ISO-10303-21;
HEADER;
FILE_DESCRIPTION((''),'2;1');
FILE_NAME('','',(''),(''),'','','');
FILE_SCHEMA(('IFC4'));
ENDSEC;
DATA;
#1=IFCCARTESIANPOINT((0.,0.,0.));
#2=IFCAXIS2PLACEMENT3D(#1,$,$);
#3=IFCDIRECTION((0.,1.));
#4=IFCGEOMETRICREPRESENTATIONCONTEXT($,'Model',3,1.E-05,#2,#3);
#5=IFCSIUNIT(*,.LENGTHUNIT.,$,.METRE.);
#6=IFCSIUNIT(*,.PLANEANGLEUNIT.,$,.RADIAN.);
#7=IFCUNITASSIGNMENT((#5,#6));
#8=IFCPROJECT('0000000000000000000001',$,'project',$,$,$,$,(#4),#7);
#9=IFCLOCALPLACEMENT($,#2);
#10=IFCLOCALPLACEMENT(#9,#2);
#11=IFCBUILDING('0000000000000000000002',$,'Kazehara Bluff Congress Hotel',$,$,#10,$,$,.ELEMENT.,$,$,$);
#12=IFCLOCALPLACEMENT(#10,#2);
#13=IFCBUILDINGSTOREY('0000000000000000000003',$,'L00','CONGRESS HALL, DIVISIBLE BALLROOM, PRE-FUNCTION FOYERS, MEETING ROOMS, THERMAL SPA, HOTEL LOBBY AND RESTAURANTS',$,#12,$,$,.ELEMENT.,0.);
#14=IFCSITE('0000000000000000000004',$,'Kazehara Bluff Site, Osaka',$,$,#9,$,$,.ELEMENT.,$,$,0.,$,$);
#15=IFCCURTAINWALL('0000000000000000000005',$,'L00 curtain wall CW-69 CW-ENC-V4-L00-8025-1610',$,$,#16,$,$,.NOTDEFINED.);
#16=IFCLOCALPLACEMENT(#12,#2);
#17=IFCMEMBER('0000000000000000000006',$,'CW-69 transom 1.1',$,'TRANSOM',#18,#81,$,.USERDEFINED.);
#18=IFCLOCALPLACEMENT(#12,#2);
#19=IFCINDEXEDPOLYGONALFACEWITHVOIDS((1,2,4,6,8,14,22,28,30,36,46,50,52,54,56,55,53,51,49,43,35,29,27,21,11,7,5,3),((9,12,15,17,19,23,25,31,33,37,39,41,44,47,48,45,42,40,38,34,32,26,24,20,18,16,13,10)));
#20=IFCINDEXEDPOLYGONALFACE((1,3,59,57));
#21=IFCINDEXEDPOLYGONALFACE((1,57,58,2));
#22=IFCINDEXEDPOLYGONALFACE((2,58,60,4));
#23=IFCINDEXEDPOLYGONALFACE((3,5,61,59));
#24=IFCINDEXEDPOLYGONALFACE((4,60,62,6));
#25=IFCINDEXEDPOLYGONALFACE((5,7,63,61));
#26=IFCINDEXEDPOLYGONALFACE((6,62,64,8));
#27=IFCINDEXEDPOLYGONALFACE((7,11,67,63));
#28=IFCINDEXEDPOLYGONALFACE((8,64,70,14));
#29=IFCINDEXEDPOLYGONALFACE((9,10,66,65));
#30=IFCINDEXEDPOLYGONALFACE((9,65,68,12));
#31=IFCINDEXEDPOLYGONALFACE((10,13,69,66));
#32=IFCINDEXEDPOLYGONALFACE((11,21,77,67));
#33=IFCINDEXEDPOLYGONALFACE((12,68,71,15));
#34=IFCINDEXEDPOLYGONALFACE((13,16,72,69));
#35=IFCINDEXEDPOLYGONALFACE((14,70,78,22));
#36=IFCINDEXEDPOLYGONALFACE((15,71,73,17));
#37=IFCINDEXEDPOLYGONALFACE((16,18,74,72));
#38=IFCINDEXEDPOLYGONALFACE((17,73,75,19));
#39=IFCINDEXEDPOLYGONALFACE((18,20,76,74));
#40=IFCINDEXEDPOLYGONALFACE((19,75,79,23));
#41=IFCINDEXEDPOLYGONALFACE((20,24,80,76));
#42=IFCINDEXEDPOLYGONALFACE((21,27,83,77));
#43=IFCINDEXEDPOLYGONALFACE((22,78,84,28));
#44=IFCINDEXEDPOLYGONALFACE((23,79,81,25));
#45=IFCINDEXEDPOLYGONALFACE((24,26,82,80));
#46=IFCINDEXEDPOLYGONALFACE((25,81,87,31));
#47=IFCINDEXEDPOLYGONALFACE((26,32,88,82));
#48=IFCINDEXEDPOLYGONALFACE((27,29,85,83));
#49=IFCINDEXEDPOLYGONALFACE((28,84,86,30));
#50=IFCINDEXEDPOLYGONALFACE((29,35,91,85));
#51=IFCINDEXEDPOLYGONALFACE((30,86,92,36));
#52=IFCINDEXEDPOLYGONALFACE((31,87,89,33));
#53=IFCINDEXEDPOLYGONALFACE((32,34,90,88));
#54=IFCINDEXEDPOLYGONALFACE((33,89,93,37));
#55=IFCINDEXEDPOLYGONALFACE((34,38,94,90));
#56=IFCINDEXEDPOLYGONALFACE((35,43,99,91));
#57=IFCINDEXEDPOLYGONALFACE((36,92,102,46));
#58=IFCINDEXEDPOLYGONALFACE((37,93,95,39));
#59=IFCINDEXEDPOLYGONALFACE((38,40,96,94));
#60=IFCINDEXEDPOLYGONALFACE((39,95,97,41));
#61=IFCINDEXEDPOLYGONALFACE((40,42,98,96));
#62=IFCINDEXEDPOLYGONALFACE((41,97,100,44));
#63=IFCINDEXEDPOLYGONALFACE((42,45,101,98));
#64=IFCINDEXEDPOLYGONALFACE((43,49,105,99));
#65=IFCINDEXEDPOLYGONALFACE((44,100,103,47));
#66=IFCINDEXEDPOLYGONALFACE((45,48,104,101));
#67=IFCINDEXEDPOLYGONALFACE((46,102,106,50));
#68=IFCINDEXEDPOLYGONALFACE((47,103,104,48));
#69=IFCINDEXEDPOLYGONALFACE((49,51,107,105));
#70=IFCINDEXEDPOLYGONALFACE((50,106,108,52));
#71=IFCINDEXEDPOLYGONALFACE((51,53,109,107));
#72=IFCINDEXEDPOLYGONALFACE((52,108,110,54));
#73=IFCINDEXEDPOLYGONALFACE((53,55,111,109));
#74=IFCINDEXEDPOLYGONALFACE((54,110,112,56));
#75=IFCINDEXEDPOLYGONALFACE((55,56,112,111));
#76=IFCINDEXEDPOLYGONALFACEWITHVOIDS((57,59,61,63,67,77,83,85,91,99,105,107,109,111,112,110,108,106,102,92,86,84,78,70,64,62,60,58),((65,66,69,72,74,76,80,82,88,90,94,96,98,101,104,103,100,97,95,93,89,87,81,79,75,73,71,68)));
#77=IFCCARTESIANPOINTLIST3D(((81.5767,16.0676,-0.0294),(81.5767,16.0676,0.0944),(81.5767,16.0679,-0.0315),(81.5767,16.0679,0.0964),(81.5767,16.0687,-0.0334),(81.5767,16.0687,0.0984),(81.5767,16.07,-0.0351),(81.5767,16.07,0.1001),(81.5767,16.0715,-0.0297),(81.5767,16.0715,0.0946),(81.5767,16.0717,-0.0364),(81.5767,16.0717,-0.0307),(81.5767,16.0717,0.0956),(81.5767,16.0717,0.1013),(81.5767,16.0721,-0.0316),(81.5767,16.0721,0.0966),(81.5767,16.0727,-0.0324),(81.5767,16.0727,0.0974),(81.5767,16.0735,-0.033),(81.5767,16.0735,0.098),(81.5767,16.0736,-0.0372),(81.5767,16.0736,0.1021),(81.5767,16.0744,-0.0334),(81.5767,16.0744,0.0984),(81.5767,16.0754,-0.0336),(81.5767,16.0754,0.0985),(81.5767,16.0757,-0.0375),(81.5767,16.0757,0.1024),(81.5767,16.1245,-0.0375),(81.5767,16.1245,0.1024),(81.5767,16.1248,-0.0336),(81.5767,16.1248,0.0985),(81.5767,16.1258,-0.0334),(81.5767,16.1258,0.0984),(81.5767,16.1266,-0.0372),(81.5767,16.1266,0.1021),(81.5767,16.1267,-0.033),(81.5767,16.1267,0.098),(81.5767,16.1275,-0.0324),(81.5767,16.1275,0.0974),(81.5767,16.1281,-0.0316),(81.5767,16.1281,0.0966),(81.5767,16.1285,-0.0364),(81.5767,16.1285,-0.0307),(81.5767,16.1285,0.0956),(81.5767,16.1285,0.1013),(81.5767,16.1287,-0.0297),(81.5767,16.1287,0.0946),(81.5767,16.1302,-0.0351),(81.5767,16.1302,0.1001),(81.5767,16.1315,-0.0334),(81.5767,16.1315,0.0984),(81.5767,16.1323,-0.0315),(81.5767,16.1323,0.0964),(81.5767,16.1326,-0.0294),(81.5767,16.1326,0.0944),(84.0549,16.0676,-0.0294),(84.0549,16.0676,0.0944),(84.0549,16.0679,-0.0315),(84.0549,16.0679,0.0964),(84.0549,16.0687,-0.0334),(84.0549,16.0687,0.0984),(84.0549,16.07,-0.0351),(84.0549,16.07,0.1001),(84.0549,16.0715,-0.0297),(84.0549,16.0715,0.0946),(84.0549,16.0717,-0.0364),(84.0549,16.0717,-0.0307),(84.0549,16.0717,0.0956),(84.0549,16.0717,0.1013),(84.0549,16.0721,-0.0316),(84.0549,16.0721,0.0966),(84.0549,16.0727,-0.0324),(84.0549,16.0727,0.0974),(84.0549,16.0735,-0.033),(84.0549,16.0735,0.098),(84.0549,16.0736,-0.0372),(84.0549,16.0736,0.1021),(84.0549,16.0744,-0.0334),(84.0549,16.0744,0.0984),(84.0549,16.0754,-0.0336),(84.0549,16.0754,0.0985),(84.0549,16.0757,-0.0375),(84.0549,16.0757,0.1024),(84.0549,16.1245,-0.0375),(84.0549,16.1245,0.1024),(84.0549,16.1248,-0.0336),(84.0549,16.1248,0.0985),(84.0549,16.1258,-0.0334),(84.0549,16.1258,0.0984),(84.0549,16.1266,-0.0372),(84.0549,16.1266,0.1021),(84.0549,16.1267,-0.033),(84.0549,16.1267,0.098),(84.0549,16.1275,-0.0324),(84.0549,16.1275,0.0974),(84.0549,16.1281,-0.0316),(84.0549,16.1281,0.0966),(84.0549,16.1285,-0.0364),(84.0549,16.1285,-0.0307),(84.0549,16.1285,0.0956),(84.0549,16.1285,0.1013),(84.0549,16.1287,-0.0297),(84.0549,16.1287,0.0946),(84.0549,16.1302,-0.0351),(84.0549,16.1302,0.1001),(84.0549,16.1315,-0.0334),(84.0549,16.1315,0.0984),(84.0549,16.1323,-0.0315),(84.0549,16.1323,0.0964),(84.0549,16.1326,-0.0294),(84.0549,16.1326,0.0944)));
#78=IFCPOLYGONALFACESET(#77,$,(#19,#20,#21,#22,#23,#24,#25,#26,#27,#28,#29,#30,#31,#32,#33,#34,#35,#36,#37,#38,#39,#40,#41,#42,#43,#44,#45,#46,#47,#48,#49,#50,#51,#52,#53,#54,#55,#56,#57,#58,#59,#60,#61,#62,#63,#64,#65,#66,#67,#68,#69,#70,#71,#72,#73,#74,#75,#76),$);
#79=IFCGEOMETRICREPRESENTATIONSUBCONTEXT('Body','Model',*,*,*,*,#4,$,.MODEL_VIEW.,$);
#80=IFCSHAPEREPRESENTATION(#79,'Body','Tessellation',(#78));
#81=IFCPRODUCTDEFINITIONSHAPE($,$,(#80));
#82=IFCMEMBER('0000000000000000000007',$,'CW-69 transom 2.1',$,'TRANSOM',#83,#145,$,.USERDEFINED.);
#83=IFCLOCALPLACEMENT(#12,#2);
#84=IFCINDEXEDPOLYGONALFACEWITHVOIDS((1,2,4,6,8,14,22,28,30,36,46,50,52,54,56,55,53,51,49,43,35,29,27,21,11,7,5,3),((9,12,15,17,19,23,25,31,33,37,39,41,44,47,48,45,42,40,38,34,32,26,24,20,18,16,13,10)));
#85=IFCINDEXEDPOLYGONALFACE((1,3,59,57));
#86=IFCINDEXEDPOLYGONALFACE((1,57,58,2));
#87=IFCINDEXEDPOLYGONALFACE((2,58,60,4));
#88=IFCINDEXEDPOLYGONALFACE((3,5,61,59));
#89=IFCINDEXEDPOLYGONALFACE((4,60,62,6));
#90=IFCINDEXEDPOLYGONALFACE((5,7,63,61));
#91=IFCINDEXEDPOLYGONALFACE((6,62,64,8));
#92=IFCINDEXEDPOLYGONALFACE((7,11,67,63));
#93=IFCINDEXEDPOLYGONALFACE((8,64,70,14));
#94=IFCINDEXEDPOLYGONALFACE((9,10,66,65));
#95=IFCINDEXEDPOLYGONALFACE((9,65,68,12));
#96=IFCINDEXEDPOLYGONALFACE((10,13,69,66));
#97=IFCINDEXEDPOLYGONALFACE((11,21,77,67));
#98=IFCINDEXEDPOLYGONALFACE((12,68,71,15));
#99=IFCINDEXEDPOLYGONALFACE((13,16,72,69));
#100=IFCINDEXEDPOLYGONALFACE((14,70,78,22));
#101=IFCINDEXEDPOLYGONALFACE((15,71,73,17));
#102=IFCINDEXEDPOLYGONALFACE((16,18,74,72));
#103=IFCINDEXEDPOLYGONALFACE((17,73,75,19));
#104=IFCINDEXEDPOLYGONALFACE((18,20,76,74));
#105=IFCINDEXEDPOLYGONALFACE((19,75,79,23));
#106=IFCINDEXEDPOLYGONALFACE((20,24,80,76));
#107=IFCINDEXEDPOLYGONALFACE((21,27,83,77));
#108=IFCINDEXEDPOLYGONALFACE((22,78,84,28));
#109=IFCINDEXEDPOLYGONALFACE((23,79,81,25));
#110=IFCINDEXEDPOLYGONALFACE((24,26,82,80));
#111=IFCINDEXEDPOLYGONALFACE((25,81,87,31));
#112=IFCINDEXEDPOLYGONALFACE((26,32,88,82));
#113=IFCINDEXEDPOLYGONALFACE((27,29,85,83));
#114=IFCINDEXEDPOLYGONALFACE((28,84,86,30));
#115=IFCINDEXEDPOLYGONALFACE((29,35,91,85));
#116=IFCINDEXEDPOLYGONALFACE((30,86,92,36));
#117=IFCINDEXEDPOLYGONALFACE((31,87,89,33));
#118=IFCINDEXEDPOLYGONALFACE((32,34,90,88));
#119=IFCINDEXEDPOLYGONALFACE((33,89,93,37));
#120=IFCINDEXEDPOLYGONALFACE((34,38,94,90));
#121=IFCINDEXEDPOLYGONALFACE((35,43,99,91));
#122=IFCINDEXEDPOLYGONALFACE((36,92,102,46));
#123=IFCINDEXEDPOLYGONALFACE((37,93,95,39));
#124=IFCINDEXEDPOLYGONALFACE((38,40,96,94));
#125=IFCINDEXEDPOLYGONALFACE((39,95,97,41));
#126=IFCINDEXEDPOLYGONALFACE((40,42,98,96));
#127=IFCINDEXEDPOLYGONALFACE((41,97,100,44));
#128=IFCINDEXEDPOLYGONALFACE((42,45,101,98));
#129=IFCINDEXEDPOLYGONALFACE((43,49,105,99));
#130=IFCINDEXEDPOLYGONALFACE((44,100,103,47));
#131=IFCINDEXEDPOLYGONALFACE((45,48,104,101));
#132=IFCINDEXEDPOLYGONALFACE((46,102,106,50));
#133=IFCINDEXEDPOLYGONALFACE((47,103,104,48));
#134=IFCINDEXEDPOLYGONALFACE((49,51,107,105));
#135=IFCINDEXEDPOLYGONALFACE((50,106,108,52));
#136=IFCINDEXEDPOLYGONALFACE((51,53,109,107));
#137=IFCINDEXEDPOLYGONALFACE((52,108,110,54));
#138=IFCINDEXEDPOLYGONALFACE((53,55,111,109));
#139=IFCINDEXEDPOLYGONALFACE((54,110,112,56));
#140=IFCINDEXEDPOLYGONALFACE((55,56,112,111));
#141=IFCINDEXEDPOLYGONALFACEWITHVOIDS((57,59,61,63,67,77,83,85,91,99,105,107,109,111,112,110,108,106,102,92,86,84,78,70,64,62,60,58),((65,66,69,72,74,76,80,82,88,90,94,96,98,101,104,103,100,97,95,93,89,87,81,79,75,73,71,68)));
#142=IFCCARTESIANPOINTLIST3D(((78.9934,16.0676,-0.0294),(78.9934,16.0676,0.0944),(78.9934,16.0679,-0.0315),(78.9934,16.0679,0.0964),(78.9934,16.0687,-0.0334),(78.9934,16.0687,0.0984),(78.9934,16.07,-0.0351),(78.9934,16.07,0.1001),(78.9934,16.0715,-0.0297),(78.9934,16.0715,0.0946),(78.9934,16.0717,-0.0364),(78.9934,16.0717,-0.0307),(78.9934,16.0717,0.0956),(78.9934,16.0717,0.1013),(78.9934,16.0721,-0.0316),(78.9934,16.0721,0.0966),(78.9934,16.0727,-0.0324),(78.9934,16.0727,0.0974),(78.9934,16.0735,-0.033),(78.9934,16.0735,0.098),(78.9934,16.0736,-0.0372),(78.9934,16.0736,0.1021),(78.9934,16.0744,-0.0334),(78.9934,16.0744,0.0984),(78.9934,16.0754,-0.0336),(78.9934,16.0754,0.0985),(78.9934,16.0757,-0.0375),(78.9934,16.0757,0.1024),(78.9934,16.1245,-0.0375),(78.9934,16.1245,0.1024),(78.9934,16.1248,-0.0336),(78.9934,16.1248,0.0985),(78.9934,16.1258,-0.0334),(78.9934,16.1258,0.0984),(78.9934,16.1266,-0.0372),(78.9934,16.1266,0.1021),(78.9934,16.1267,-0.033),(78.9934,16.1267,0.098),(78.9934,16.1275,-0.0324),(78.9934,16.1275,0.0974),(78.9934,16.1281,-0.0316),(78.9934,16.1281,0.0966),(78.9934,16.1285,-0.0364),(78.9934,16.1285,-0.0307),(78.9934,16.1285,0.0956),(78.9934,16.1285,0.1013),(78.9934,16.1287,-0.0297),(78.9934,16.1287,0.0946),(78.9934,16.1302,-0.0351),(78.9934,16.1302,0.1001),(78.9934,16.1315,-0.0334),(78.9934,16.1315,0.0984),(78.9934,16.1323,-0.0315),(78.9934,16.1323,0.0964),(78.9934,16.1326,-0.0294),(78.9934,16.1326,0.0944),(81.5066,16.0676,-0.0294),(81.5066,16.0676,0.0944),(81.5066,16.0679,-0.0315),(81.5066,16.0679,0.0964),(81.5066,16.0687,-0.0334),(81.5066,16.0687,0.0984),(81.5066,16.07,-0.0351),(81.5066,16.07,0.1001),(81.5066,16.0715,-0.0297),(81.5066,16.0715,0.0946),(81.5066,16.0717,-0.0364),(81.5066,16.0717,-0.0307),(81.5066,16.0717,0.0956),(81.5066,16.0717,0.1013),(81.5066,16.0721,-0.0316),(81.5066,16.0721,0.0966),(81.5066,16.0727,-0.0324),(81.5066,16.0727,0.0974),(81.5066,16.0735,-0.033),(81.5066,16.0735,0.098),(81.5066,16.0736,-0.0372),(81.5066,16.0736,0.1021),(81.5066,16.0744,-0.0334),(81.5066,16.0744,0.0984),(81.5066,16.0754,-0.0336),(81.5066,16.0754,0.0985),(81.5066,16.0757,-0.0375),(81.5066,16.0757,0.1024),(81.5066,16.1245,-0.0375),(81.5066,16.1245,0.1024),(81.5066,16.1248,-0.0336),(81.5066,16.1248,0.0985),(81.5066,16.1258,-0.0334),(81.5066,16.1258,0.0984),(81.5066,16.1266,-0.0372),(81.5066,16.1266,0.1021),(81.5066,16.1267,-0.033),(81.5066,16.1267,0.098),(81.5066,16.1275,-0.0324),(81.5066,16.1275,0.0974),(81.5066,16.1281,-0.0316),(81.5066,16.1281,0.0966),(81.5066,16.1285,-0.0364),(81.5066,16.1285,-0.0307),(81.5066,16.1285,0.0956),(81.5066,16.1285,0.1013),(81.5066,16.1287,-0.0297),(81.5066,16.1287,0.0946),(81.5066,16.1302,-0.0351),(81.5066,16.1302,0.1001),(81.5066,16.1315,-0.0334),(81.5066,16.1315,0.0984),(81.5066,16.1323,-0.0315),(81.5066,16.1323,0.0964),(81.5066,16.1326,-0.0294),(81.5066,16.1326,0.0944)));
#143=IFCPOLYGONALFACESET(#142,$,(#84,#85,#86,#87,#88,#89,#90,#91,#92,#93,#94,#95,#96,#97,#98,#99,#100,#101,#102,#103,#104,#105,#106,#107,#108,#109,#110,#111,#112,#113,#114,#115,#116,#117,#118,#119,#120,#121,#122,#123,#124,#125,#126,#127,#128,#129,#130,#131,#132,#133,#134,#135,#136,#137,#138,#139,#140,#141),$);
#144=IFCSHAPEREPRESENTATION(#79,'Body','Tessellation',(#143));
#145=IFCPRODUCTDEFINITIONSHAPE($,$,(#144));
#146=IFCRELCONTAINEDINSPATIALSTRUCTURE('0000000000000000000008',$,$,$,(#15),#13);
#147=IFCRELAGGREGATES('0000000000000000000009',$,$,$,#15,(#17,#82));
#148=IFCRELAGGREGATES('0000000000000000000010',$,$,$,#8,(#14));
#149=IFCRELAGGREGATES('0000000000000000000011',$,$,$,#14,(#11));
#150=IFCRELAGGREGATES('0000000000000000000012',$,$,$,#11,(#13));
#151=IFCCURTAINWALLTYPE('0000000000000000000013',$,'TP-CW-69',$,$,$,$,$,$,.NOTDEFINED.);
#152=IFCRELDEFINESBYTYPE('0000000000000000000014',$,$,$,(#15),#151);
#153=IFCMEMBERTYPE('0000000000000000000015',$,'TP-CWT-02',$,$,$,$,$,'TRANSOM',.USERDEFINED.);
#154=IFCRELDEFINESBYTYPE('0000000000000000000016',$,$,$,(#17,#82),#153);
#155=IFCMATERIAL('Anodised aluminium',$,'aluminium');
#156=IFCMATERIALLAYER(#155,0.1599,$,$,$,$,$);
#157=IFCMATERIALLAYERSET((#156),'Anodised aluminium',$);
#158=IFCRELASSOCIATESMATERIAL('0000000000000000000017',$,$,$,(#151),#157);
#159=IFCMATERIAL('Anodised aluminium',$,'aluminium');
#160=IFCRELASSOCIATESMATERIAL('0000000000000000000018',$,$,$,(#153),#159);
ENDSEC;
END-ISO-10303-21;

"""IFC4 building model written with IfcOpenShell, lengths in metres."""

from ifc_helpers import new_model, si_unit, direction, frame, origin, origin_2d, place, context, subcontext, project, spatial, hollow_rectangle, extrude, material, layer, layer_set, material_profile, profile_set, type_object, element, aggregate, save


model = new_model("IFC4")

# Units and contexts
model_context = context("Model", 3, precision=1e-05, world=origin(), true_north=direction((0.0, 1.0)))
body_context = subcontext(model_context, "Body", "Model", "MODEL_VIEW")
ifc_project = project(units=[si_unit("LENGTHUNIT", "METRE"), si_unit("PLANEANGLEUNIT", "RADIAN")], contexts=[model_context])

# Site, building, storey
site_placement = place(None, origin())
site = spatial("IfcSite", under=ifc_project, at=site_placement, Name="Kazehara Bluff Site, Osaka", CompositionType="ELEMENT", RefElevation=0.0)
building_placement = place(site_placement, origin())
building = spatial("IfcBuilding", under=site, at=building_placement, Name="Kazehara Bluff Congress Hotel", CompositionType="ELEMENT")
storey_placement = place(building_placement, origin())
storey = spatial("IfcBuildingStorey", under=building, at=storey_placement, Name="L00", Description="CONGRESS HALL, DIVISIBLE BALLROOM, PRE-FUNCTION FOYERS, MEETING ROOMS, THERMAL SPA, HOTEL LOBBY AND RESTAURANTS", CompositionType="ELEMENT", Elevation=0.0)

# Curtain wall, members
ifc_material_1 = material(Name="Anodised aluminium", Category="aluminium")
ifc_layer_1 = layer(ifc_material_1, 0.1599)
ifc_layer_set_1 = layer_set([ifc_layer_1], Name="Anodised aluminium")
curtain_wall_type_1 = type_object("IfcCurtainWallType", Name="TP-CW-69", PredefinedType="NOTDEFINED", material=ifc_layer_set_1)
curtain_wall_1_placement = place(storey_placement, origin())
curtain_wall_1 = element("IfcCurtainWall", 1, at=curtain_wall_1_placement, inside=storey, type_object=curtain_wall_type_1, Name="L00 curtain wall CW-69 CW-ENC-V4-L00-8025-1610", PredefinedType="NOTDEFINED")
ifc_material_2 = material(Name="Anodised aluminium", Category="aluminium")
ifc_material_profile_1 = material_profile(ifc_material_2, hollow_rectangle(XDim=0.0649, YDim=0.1399, WallThickness=0.0039, InnerFilletRadius=0.0039, OuterFilletRadius=0.0081, at=origin_2d()))
ifc_profile_set_1 = profile_set([ifc_material_profile_1], Name="Anodised aluminium")
member_type_1 = type_object("IfcMemberType", Name="TP-CWT-02", ElementType="TRANSOM", PredefinedType="USERDEFINED", material=ifc_profile_set_1)
member_1_placement = place(storey_placement, frame((84.0549, 16.1001, 0.0325), z_axis=(-1.0, 0.0, 0.0), x_axis=(0.0, -1.0, 0.0)))
member_1 = element("IfcMember", 2, at=member_1_placement, type_object=member_type_1, Name="CW-69 transom 1.1", ObjectType="TRANSOM", PredefinedType="USERDEFINED", context=body_context, shape_type="SweptSolid", body=[
    extrude(hollow_rectangle(XDim=0.0649, YDim=0.1399, WallThickness=0.0039, InnerFilletRadius=0.0039, OuterFilletRadius=0.0081, at=origin_2d()), origin(), (0.0, 0.0, 1.0), 2.4783),
])
member_2_placement = place(storey_placement, frame((81.5066, 16.1001, 0.0325), z_axis=(-1.0, 0.0, 0.0), x_axis=(0.0, -1.0, 0.0)))
member_2 = element("IfcMember", 3, at=member_2_placement, type_object=member_type_1, Name="CW-69 transom 2.1", ObjectType="TRANSOM", PredefinedType="USERDEFINED", context=body_context, shape_type="SweptSolid", body=[
    extrude(hollow_rectangle(XDim=0.0649, YDim=0.1399, WallThickness=0.0039, InnerFilletRadius=0.0039, OuterFilletRadius=0.0081, at=origin_2d()), origin(), (0.0, 0.0, 1.0), 2.5132),
])

aggregate(curtain_wall_1, [member_1, member_2])

save(model, "model.ifc")
